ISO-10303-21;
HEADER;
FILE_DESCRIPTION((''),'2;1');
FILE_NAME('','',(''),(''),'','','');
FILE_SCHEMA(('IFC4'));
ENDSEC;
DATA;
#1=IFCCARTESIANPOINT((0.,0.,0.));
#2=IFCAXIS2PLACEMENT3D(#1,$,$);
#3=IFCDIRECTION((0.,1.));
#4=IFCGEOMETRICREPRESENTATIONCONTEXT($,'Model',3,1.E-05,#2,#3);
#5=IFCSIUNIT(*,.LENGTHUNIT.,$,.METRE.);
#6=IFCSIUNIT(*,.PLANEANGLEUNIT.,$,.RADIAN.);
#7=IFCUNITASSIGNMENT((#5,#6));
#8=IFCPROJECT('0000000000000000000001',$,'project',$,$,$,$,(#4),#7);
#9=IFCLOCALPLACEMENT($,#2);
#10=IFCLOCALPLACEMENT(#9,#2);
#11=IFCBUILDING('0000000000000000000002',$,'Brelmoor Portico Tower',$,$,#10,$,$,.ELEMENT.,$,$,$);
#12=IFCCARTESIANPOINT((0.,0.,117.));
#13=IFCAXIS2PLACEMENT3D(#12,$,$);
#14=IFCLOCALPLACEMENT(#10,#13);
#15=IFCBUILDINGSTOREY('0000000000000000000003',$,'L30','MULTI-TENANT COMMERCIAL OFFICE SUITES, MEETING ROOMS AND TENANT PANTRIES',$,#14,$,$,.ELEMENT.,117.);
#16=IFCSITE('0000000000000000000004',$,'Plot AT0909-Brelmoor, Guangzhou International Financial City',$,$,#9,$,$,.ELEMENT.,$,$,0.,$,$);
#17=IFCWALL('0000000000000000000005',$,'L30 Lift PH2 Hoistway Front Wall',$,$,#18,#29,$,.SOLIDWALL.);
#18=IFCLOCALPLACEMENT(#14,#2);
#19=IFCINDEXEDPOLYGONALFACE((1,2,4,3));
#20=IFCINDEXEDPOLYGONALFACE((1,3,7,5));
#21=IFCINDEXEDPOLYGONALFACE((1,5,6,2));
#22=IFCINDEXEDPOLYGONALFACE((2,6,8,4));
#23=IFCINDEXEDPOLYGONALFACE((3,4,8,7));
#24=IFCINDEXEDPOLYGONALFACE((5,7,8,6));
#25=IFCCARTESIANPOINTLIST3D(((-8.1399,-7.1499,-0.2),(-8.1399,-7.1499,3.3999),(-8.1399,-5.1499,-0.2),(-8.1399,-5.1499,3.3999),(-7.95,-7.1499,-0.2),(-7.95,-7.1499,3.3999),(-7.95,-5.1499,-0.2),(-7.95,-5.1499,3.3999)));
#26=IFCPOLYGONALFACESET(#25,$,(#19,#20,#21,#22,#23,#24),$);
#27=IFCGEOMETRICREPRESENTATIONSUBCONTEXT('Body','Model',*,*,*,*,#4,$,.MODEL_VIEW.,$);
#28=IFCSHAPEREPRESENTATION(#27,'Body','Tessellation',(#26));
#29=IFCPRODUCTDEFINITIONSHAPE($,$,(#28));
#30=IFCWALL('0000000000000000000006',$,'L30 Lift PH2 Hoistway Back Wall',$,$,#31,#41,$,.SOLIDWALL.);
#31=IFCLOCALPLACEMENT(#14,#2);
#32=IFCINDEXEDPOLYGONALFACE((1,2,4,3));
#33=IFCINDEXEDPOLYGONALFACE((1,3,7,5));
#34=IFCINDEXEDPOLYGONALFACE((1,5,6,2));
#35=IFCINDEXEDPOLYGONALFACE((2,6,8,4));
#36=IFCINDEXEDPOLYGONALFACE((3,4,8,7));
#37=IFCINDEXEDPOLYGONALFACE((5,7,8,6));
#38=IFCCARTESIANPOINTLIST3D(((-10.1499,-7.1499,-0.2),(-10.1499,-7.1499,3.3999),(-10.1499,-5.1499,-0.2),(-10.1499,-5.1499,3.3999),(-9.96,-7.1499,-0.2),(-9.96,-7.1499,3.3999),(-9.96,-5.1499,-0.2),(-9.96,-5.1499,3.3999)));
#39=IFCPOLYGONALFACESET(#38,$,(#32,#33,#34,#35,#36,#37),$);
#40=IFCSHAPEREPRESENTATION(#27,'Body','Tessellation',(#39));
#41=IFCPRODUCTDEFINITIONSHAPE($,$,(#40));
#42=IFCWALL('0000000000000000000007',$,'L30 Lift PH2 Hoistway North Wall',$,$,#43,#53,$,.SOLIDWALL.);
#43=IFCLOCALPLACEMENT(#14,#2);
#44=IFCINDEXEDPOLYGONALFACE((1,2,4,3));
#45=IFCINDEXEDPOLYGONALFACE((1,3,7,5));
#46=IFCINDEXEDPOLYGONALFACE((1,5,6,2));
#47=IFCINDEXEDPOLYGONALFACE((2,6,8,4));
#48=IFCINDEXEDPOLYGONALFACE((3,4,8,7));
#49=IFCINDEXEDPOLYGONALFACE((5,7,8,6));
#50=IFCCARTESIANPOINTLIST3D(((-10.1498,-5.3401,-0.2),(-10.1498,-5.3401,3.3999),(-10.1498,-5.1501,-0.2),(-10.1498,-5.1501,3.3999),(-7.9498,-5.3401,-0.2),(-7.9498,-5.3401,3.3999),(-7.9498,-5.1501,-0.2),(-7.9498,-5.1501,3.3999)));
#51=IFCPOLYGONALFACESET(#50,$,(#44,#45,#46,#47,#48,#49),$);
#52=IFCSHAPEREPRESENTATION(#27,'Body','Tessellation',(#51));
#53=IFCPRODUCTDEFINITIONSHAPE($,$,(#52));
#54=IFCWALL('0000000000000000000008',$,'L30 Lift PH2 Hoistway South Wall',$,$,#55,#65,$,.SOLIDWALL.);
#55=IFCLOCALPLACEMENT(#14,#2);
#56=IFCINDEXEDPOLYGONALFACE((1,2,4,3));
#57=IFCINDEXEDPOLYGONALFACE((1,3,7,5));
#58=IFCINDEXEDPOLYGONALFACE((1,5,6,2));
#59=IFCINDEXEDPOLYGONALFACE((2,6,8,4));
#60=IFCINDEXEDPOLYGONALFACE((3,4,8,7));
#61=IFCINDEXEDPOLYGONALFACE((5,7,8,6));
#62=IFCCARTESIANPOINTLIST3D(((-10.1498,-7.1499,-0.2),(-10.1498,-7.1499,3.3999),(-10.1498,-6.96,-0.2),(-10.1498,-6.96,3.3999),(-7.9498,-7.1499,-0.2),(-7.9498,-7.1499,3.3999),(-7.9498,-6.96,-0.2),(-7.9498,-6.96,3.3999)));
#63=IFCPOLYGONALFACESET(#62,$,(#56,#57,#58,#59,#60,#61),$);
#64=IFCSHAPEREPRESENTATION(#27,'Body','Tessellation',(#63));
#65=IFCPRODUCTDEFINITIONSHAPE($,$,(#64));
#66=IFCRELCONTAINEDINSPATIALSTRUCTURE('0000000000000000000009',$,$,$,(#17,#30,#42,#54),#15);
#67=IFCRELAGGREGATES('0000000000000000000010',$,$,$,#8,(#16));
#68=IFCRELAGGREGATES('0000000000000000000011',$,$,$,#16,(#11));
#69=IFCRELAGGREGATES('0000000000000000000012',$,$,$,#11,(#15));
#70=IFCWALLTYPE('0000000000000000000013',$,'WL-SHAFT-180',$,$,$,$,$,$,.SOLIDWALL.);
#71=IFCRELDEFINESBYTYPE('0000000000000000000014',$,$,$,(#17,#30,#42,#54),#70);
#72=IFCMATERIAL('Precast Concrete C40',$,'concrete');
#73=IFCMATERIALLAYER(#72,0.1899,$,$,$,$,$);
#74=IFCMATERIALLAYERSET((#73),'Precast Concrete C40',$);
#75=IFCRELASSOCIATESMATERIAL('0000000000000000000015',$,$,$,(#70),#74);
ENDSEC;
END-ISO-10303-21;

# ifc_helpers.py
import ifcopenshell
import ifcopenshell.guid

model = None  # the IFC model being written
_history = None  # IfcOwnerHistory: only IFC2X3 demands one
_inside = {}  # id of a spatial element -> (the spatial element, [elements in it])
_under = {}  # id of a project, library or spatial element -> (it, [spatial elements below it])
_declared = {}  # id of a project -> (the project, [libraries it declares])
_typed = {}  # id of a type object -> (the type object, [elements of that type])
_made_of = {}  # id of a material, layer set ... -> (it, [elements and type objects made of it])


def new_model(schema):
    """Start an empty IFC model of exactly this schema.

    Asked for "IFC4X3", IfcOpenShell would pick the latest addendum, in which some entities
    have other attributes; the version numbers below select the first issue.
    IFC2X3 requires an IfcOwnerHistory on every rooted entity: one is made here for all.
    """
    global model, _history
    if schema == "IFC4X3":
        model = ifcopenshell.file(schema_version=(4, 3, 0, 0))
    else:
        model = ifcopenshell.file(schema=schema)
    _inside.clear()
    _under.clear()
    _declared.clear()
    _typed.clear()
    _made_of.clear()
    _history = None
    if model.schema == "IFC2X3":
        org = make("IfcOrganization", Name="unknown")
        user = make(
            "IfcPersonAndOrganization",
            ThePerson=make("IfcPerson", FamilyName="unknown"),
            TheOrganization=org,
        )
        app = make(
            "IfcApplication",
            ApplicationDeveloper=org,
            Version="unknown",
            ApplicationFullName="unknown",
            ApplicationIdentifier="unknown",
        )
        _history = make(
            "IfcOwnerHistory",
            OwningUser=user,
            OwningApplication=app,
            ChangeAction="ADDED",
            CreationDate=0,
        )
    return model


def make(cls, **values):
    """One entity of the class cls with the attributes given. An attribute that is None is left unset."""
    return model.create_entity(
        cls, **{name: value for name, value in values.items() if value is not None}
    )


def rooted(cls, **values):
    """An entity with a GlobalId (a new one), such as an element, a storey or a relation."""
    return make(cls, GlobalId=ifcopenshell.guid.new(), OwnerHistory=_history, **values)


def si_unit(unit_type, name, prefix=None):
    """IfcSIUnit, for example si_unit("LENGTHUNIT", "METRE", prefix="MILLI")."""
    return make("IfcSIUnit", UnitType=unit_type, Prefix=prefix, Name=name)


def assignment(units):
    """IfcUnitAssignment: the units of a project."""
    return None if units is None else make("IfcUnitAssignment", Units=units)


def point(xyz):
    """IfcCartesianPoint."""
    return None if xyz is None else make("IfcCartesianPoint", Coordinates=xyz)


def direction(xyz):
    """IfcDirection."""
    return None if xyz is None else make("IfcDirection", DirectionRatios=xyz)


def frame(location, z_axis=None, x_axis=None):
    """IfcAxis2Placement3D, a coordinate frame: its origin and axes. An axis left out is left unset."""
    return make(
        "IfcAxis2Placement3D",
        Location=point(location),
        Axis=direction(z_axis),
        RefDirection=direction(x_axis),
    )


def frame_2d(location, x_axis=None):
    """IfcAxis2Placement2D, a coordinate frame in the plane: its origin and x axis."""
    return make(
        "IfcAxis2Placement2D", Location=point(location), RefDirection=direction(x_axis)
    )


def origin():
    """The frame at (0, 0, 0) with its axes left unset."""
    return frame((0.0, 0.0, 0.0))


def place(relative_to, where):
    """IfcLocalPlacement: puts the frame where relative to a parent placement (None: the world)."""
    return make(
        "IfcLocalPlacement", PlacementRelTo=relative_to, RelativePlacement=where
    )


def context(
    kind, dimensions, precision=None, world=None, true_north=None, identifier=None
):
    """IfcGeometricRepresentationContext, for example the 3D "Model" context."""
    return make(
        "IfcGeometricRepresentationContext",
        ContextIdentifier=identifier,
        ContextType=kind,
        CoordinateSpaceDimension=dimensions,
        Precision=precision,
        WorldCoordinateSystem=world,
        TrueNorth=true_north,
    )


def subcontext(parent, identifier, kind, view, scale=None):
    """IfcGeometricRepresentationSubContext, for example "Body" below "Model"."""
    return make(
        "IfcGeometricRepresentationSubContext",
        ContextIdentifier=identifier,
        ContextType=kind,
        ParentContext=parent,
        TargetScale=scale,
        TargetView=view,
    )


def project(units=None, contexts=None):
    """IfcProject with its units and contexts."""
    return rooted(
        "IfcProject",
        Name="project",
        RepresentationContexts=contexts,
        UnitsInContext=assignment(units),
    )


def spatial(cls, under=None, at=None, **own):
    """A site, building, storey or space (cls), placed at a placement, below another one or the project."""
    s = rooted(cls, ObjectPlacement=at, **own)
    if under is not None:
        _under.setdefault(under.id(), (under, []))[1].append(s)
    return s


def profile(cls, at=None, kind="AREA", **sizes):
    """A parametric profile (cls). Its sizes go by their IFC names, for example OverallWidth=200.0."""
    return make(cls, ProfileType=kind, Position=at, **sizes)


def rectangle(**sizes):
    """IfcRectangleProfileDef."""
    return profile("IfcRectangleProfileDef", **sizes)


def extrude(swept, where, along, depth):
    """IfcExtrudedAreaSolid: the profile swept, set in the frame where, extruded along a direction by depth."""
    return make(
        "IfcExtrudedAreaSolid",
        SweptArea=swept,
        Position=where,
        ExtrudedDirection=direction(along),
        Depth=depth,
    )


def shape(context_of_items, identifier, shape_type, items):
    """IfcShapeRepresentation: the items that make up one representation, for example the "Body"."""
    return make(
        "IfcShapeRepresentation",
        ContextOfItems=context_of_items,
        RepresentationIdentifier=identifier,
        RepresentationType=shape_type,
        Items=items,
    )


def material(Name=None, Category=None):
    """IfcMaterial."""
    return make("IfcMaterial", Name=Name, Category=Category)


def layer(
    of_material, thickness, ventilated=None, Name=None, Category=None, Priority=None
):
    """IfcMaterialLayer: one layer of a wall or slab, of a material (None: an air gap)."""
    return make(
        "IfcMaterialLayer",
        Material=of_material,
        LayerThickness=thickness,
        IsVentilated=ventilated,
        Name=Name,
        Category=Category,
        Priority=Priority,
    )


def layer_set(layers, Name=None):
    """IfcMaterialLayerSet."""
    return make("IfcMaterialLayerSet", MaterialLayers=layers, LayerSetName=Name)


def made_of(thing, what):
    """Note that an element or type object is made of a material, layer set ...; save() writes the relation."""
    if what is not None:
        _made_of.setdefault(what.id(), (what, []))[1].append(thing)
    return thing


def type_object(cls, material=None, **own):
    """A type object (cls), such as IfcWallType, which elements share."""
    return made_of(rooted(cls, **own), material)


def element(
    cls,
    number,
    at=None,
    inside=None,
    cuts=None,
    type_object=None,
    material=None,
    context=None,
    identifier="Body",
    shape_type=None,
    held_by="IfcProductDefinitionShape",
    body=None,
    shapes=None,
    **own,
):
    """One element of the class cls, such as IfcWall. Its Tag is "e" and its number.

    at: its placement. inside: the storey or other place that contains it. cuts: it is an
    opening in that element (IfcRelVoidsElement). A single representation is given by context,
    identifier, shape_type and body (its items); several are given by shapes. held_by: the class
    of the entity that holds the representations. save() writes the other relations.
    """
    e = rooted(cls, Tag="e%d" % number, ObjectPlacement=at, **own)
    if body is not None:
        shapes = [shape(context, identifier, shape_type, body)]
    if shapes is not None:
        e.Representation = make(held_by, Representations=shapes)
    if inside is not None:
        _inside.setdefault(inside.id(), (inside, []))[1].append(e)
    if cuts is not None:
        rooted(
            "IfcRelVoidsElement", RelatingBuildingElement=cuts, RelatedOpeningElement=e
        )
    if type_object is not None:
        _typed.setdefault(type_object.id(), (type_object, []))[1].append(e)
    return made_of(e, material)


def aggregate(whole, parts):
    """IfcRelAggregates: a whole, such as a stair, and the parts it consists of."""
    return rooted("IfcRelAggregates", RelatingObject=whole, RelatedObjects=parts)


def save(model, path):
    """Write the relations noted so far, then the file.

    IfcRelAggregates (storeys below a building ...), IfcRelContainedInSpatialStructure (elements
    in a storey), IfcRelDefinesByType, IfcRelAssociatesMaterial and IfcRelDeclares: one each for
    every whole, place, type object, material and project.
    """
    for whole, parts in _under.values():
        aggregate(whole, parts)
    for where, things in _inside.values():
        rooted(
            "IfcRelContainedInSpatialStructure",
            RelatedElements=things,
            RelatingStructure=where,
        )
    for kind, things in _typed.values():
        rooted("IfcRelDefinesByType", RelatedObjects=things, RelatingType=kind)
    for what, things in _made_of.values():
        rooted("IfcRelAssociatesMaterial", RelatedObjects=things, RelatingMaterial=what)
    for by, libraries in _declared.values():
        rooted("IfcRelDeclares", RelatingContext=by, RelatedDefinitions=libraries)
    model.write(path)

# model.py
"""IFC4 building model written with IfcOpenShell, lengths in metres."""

from ifc_helpers import new_model, si_unit, direction, frame, frame_2d, origin, place, context, subcontext, project, spatial, rectangle, extrude, material, layer, layer_set, type_object, element, save


model = new_model("IFC4")

# Units and contexts
model_context = context("Model", 3, precision=1e-05, world=origin(), true_north=direction((0.0, 1.0)))
body_context = subcontext(model_context, "Body", "Model", "MODEL_VIEW")
ifc_project = project(units=[si_unit("LENGTHUNIT", "METRE"), si_unit("PLANEANGLEUNIT", "RADIAN")], contexts=[model_context])

# Site, building, storey
site_placement = place(None, origin())
site = spatial("IfcSite", under=ifc_project, at=site_placement, Name="Plot AT0909-Brelmoor, Guangzhou International Financial City", CompositionType="ELEMENT", RefElevation=0.0)
building_placement = place(site_placement, origin())
building = spatial("IfcBuilding", under=site, at=building_placement, Name="Brelmoor Portico Tower", CompositionType="ELEMENT")
storey_placement = place(building_placement, frame((0.0, 0.0, 117.0)))
storey = spatial("IfcBuildingStorey", under=building, at=storey_placement, Name="L30", Description="MULTI-TENANT COMMERCIAL OFFICE SUITES, MEETING ROOMS AND TENANT PANTRIES", CompositionType="ELEMENT", Elevation=117.0)

# Walls
ifc_material_1 = material(Name="Precast Concrete C40", Category="concrete")
ifc_layer_1 = layer(ifc_material_1, 0.1899)
ifc_layer_set_1 = layer_set([ifc_layer_1], Name="Precast Concrete C40")
wall_type_1 = type_object("IfcWallType", Name="WL-SHAFT-180", PredefinedType="SOLIDWALL", material=ifc_layer_set_1)
for number, where, z_axis, x_axis, name in (
    (1, (-8.0449, -7.1499, -0.2), (0.0, 0.0, 1.0), (0.0, 1.0, 0.0), "L30 Lift PH2 Hoistway Front Wall"),
    (2, (-10.0549, -7.1499, -0.2), (0.0, 0.0, 1.0), (0.0, 1.0, 0.0), "L30 Lift PH2 Hoistway Back Wall"),
):
    element("IfcWall", number, at=place(storey_placement, frame(where, z_axis=z_axis, x_axis=x_axis)), inside=storey, type_object=wall_type_1, Name=name, PredefinedType="SOLIDWALL", context=body_context, shape_type="SweptSolid", body=[
        extrude(rectangle(XDim=2.0, YDim=0.1899, at=frame_2d((1.0, 0.0))), origin(), (0.0, 0.0, 1.0), 3.5999),
    ])
for number, where, z_axis, x_axis, name in (
    (3, (-10.1499, -5.2451, -0.2), (0.0, 0.0, 1.0), (1.0, 0.0, 0.0), "L30 Lift PH2 Hoistway North Wall"),
    (4, (-10.1499, -7.0549, -0.2), (0.0, 0.0, 1.0), (1.0, 0.0, 0.0), "L30 Lift PH2 Hoistway South Wall"),
):
    element("IfcWall", number, at=place(storey_placement, frame(where, z_axis=z_axis, x_axis=x_axis)), inside=storey, type_object=wall_type_1, Name=name, PredefinedType="SOLIDWALL", context=body_context, shape_type="SweptSolid", body=[
        extrude(rectangle(XDim=2.2, YDim=0.1899, at=frame_2d((1.1001, 0.0))), origin(), (0.0, 0.0, 1.0), 3.5999),
    ])

save(model, "model.ifc")
